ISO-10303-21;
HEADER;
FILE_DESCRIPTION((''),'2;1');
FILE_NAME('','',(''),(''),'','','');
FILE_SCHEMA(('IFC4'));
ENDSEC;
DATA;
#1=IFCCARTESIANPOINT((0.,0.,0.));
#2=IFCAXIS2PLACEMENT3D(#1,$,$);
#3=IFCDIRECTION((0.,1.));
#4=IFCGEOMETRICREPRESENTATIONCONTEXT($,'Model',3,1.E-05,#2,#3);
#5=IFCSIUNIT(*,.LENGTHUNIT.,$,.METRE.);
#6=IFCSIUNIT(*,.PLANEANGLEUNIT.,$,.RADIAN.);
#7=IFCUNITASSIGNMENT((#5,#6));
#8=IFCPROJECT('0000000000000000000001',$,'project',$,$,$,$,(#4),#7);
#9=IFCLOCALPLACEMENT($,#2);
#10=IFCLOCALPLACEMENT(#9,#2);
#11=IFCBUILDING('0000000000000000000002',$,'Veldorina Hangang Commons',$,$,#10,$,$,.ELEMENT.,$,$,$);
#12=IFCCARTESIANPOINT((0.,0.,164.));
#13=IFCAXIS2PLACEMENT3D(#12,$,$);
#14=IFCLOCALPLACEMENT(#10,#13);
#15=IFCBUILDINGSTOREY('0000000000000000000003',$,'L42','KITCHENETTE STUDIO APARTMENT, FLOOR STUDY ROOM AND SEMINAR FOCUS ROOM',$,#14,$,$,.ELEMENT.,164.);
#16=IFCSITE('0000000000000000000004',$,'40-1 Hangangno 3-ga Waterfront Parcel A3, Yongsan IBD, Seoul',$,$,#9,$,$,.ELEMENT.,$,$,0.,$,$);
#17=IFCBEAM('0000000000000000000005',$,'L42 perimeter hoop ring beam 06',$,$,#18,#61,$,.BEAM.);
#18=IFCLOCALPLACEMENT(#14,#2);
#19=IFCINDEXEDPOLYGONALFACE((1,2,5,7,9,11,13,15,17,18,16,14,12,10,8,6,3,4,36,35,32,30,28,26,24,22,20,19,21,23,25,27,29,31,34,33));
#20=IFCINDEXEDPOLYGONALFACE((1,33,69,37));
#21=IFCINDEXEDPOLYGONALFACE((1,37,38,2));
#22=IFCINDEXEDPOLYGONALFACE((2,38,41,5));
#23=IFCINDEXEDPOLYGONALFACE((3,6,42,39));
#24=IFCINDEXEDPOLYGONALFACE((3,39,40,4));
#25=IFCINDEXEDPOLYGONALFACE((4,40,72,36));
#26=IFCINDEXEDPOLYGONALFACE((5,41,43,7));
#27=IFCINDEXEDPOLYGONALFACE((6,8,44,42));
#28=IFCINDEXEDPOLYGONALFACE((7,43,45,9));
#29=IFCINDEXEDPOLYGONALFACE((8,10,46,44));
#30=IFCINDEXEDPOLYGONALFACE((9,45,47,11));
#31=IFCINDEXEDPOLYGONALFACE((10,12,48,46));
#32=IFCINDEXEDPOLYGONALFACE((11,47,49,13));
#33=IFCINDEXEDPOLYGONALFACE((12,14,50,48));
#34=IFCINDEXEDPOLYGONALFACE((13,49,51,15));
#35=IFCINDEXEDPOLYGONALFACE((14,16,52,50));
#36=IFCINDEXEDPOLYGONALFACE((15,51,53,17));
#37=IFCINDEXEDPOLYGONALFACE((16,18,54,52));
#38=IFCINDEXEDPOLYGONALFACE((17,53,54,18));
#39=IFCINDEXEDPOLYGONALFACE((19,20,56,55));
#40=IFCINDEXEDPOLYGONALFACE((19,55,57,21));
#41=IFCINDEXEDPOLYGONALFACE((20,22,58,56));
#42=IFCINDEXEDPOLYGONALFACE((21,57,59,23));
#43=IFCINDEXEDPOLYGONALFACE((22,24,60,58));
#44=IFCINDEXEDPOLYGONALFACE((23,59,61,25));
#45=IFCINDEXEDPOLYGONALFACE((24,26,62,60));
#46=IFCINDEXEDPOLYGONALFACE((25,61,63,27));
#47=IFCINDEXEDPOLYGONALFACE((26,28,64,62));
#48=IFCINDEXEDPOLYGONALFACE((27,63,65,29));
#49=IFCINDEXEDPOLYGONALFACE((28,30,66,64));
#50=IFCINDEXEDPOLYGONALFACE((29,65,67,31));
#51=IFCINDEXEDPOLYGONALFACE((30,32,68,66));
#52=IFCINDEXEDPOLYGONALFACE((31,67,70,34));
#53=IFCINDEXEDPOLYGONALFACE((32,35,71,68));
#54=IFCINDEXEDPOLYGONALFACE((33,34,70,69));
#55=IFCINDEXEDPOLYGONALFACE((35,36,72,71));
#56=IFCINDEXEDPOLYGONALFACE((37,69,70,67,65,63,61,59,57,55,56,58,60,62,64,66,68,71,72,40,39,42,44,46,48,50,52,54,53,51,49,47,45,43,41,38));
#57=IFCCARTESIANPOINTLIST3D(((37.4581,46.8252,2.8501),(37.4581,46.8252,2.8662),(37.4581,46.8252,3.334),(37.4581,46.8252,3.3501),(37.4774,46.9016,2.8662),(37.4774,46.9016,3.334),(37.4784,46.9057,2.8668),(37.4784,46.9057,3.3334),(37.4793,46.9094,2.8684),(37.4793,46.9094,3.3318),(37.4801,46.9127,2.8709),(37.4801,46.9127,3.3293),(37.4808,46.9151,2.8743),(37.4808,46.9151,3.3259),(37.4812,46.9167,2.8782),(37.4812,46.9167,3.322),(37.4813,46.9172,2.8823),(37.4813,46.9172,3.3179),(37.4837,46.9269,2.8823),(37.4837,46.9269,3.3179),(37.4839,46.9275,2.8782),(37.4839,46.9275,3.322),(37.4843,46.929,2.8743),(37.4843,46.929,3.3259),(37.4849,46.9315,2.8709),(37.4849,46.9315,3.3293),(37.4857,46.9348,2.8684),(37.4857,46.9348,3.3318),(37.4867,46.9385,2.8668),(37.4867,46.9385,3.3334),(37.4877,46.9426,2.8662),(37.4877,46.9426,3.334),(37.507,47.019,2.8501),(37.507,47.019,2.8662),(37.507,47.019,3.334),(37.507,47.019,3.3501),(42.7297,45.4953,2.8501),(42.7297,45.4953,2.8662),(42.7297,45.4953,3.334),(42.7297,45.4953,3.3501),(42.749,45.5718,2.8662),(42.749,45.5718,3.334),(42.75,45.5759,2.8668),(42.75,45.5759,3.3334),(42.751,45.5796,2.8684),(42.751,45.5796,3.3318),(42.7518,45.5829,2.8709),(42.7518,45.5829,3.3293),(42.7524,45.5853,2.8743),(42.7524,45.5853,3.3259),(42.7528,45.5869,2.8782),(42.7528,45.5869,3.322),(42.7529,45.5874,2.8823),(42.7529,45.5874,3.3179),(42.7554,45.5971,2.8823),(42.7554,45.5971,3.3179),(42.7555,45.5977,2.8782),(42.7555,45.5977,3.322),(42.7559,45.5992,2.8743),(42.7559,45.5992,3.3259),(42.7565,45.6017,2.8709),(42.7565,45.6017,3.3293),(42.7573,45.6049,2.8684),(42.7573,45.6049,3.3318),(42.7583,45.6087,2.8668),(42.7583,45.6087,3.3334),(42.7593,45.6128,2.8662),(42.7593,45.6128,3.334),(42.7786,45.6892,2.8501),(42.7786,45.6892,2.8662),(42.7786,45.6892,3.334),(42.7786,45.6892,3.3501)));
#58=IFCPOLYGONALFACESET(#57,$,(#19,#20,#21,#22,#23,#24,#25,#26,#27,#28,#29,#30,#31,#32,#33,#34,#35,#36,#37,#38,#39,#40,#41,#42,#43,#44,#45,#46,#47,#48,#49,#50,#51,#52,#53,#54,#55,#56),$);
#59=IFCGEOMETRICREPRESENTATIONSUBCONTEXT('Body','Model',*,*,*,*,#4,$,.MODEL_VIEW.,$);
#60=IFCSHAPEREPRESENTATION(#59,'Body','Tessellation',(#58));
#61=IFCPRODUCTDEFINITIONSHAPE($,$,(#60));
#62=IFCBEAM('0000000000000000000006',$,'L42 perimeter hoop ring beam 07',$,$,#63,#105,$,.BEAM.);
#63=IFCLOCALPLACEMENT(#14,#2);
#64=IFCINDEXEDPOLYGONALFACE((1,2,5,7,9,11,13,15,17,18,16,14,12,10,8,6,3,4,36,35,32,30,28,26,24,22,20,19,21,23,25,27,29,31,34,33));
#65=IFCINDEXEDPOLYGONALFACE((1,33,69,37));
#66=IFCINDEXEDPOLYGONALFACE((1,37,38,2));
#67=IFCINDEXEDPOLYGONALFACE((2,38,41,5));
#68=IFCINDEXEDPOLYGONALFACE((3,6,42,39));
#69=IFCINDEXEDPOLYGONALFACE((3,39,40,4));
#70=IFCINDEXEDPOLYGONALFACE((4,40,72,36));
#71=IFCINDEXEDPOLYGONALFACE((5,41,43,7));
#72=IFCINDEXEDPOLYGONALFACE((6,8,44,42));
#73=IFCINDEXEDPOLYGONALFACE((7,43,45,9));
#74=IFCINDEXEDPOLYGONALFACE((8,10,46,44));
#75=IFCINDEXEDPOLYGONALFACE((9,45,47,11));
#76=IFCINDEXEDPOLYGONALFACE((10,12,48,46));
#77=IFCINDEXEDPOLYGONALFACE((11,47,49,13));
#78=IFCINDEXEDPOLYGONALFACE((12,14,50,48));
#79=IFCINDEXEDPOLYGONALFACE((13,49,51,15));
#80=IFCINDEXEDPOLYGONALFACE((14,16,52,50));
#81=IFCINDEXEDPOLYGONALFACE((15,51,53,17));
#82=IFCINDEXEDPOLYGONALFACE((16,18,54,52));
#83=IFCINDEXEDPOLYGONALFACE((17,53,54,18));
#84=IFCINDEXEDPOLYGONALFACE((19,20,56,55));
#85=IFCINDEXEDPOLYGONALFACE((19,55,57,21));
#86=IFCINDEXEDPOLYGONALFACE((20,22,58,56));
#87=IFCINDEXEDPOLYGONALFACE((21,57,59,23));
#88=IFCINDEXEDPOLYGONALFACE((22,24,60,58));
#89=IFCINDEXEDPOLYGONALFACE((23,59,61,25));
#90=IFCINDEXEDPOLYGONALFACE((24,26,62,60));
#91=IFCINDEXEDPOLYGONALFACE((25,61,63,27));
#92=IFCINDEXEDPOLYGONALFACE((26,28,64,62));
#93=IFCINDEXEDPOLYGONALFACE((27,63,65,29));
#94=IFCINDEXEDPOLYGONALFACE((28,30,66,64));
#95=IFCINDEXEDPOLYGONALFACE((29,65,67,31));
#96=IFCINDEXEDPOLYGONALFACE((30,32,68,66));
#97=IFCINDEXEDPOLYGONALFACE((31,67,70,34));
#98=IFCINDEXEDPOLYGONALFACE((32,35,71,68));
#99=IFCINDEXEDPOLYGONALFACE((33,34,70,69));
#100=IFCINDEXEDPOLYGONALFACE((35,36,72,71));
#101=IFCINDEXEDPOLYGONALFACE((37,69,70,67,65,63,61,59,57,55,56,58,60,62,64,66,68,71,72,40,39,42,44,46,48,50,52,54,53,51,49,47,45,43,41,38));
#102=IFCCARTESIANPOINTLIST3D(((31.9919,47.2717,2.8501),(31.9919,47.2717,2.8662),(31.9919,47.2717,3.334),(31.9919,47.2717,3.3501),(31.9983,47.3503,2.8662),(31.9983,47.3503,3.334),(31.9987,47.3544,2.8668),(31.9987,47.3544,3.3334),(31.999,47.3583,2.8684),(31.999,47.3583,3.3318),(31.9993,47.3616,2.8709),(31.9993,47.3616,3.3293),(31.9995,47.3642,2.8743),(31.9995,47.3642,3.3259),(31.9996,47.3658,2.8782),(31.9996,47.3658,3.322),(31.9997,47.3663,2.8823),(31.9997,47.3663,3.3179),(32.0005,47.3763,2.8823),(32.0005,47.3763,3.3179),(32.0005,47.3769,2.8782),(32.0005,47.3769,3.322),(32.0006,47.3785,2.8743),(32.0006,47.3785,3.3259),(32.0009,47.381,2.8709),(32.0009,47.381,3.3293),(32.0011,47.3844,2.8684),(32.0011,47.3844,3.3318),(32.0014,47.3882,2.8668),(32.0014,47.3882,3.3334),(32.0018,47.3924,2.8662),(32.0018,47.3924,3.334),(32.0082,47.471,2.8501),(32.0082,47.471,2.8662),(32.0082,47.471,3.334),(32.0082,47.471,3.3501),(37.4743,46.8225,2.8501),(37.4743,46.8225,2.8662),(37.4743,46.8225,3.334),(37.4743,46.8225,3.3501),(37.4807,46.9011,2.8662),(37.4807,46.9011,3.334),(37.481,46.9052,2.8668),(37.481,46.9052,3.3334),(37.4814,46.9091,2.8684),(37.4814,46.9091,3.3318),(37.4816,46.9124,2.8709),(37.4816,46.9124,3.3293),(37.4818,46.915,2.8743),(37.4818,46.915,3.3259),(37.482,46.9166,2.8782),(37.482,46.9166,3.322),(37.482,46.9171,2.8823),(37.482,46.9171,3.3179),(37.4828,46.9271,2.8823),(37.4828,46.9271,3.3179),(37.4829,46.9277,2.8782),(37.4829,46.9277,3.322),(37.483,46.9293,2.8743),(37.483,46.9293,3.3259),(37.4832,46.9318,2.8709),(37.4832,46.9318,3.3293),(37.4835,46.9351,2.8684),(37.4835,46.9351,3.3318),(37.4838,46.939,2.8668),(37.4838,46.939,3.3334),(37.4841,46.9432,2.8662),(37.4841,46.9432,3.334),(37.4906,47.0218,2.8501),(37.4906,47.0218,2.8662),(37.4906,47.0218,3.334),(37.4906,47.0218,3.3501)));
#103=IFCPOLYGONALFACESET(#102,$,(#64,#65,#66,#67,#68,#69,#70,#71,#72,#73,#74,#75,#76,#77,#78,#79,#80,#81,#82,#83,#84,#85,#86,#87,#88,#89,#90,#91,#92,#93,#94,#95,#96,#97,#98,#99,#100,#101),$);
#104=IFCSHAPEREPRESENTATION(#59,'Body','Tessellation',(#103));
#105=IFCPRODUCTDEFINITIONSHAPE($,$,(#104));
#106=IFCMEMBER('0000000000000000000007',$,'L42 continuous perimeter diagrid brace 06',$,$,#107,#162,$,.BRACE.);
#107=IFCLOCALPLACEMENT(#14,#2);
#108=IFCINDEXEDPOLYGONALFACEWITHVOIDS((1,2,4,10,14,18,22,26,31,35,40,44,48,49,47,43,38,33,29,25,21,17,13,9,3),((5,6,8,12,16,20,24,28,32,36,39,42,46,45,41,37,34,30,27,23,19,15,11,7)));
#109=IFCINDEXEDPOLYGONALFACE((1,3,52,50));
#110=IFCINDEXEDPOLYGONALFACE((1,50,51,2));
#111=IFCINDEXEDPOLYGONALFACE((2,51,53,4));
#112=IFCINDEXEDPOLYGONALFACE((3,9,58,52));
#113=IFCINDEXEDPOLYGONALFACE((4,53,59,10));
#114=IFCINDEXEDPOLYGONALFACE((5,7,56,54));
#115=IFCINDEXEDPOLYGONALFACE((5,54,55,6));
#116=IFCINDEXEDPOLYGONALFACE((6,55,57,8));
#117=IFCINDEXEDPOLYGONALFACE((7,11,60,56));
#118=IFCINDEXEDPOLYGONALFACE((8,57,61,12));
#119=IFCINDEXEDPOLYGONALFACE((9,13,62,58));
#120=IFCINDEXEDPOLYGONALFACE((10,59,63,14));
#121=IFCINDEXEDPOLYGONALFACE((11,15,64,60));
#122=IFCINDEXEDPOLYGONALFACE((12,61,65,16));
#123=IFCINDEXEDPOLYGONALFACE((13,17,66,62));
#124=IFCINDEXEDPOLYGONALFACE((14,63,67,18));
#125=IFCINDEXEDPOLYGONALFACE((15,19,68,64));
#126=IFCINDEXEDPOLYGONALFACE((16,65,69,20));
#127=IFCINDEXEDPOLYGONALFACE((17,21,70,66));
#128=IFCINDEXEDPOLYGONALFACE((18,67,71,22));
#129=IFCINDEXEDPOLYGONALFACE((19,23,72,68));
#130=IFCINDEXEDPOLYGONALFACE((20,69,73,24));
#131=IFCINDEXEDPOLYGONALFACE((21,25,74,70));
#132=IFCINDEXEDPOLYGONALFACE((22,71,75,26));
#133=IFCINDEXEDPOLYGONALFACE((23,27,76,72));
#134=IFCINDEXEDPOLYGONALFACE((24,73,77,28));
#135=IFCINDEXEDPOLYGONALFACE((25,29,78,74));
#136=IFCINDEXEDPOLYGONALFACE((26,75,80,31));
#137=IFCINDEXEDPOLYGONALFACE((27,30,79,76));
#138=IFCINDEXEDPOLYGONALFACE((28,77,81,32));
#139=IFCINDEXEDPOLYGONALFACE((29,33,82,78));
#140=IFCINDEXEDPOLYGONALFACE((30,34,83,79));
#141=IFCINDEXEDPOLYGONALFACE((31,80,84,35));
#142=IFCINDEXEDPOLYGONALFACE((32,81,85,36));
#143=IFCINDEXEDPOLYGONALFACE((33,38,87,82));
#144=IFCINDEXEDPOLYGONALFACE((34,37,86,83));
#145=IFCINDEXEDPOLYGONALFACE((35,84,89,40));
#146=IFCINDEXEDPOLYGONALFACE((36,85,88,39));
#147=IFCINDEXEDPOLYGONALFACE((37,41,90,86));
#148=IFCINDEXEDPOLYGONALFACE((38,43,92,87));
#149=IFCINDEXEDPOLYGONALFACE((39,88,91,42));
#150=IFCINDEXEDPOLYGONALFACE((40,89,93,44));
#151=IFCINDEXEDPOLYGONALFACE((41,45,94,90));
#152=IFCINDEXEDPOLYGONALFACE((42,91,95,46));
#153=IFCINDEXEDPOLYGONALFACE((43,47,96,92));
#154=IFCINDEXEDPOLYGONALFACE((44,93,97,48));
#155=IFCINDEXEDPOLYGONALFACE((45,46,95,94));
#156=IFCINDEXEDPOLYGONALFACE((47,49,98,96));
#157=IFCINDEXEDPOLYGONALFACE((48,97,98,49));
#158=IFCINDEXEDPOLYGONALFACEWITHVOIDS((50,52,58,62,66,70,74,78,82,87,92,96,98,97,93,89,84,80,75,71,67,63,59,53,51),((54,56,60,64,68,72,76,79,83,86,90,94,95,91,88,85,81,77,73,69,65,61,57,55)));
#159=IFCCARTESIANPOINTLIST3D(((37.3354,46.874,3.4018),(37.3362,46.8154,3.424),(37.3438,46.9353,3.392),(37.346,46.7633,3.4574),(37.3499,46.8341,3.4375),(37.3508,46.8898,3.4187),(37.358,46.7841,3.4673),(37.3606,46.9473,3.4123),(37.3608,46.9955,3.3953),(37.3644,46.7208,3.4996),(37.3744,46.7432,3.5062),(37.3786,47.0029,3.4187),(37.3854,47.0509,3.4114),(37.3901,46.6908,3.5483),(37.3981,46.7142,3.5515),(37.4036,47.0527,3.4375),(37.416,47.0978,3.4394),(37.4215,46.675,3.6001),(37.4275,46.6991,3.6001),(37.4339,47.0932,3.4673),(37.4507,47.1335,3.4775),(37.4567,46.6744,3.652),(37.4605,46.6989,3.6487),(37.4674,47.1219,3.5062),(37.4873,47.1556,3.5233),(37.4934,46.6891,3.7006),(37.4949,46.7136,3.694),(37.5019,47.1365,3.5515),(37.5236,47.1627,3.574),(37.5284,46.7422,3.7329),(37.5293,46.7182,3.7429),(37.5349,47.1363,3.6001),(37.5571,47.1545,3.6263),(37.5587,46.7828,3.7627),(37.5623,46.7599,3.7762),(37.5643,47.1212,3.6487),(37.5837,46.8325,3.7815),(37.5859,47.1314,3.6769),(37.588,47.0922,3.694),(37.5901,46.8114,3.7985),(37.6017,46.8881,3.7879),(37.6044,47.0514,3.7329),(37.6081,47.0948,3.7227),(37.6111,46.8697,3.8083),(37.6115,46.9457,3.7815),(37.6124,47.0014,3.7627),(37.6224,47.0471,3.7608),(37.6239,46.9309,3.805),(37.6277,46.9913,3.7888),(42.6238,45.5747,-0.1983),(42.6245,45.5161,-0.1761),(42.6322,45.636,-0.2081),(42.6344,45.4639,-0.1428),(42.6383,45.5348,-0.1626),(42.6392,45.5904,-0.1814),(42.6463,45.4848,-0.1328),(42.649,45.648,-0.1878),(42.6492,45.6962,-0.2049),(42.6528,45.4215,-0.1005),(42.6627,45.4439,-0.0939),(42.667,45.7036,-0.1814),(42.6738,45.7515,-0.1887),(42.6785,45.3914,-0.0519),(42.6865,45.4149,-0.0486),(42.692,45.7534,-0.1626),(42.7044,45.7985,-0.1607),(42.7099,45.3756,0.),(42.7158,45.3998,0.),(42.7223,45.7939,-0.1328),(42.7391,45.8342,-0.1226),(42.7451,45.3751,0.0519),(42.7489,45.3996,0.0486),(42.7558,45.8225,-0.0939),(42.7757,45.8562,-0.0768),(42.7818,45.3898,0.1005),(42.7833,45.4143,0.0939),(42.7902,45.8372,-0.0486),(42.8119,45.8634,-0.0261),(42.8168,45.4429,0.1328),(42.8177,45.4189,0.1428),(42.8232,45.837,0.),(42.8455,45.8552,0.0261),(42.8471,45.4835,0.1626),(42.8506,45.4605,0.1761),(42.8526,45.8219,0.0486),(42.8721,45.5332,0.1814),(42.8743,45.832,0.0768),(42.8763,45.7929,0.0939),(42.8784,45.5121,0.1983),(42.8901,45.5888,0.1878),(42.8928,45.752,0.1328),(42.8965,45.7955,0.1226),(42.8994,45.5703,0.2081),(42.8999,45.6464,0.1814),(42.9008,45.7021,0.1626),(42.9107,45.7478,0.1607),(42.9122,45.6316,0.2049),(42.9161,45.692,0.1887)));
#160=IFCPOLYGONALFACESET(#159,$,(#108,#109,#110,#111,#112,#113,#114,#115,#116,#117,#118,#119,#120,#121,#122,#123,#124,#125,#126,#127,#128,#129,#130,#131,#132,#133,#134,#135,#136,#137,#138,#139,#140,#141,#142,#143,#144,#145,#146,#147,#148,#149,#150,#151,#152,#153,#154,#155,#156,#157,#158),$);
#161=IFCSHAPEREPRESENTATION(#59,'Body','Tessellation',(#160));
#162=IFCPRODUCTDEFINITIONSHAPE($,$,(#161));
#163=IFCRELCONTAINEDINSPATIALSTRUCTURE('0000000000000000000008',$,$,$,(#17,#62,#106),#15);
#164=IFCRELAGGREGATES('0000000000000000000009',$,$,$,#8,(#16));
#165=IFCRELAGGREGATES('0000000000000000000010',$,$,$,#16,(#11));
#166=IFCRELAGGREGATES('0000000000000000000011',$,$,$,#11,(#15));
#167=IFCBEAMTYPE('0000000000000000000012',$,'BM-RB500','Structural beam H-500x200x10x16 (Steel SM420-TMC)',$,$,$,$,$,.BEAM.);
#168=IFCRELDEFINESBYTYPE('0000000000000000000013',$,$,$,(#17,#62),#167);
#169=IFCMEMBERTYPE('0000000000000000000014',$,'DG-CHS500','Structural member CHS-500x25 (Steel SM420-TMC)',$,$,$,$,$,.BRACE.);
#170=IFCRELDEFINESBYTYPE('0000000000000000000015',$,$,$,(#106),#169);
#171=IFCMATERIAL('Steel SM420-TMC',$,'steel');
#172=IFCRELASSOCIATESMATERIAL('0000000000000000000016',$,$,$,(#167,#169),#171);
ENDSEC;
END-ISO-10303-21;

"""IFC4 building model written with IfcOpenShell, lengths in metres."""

from ifc_helpers import new_model, si_unit, direction, frame, origin, origin_2d, place, context, subcontext, project, spatial, hollow_circle, i_section, extrude, material, material_profile, profile_set, type_object, element, save


model = new_model("IFC4")

# Units and contexts
model_context = context("Model", 3, precision=1e-05, world=origin(), true_north=direction((0.0, 1.0)))
body_context = subcontext(model_context, "Body", "Model", "MODEL_VIEW")
ifc_project = project(units=[si_unit("LENGTHUNIT", "METRE"), si_unit("PLANEANGLEUNIT", "RADIAN")], contexts=[model_context])

# Site, building, storey
site_placement = place(None, origin())
site = spatial("IfcSite", under=ifc_project, at=site_placement, Name="40-1 Hangangno 3-ga Waterfront Parcel A3, Yongsan IBD, Seoul", CompositionType="ELEMENT", RefElevation=0.0)
building_placement = place(site_placement, origin())
building = spatial("IfcBuilding", under=site, at=building_placement, Name="Veldorina Hangang Commons", CompositionType="ELEMENT")
storey_placement = place(building_placement, frame((0.0, 0.0, 164.0)))
storey = spatial("IfcBuildingStorey", under=building, at=storey_placement, Name="L42", Description="KITCHENETTE STUDIO APARTMENT, FLOOR STUDY ROOM AND SEMINAR FOCUS ROOM", CompositionType="ELEMENT", Elevation=164.0)

# Beams
ifc_material_1 = material(Name="Steel SM420-TMC", Category="steel")
ifc_material_profile_1 = material_profile(ifc_material_1, i_section(OverallWidth=0.2, OverallDepth=0.5, WebThickness=0.01, FlangeThickness=0.0161, FilletRadius=0.0161, at=origin_2d()), Name="H-500x200x10x16")
ifc_profile_set_1 = profile_set([ifc_material_profile_1], Name="Steel SM420-TMC")
beam_type = type_object("IfcBeamType", Name="BM-RB500", Description="Structural beam H-500x200x10x16 (Steel SM420-TMC)", PredefinedType="BEAM", material=ifc_profile_set_1)
beam_1_placement = place(storey_placement, frame((42.7542, 45.5923, 3.1001), z_axis=(-0.969625, 0.244595, 0.0), x_axis=(-0.244595, -0.969625, 0.0)))
element("IfcBeam", 1, at=beam_1_placement, inside=storey, type_object=beam_type, Name="L42 perimeter hoop ring beam 06", PredefinedType="BEAM", context=body_context, shape_type="SweptSolid", body=[
    extrude(i_section(OverallWidth=0.2, OverallDepth=0.5, WebThickness=0.01, FlangeThickness=0.0161, FilletRadius=0.0161, at=origin_2d()), origin(), (0.0, 0.0, 1.0), 5.4368),
])
beam_2_placement = place(storey_placement, frame((37.4824, 46.9221, 3.1001), z_axis=(-0.99666, 0.081664, 0.0), x_axis=(-0.081664, -0.99666, 0.0)))
element("IfcBeam", 2, at=beam_2_placement, inside=storey, type_object=beam_type, Name="L42 perimeter hoop ring beam 07", PredefinedType="BEAM", context=body_context, shape_type="SweptSolid", body=[
    extrude(i_section(OverallWidth=0.2, OverallDepth=0.5, WebThickness=0.01, FlangeThickness=0.0161, FilletRadius=0.0161, at=origin_2d()), origin(), (0.0, 0.0, 1.0), 5.5007),
])

# Member
ifc_material_profile_2 = material_profile(ifc_material_1, hollow_circle(Radius=0.25, WallThickness=0.0249, at=origin_2d()), Name="CHS-500x25")
ifc_profile_set_2 = profile_set([ifc_material_profile_2], Name="Steel SM420-TMC")
member_type = type_object("IfcMemberType", Name="DG-CHS500", Description="Structural member CHS-500x25 (Steel SM420-TMC)", PredefinedType="BRACE", material=ifc_profile_set_2)
member_1_placement = place(storey_placement, frame((42.7695, 45.6184, 0.0), z_axis=(-0.810094, 0.199036, 0.551482), x_axis=(-0.238599, -0.971118, 0.0)))
element("IfcMember", 3, at=member_1_placement, inside=storey, type_object=member_type, Name="L42 continuous perimeter diagrid brace 06", PredefinedType="BRACE", context=body_context, shape_type="SweptSolid", body=[
    extrude(hollow_circle(Radius=0.25, WallThickness=0.0249, at=origin_2d()), origin(), (0.0, 0.0, 1.0), 6.5281),
])

save(model, "model.ifc")
